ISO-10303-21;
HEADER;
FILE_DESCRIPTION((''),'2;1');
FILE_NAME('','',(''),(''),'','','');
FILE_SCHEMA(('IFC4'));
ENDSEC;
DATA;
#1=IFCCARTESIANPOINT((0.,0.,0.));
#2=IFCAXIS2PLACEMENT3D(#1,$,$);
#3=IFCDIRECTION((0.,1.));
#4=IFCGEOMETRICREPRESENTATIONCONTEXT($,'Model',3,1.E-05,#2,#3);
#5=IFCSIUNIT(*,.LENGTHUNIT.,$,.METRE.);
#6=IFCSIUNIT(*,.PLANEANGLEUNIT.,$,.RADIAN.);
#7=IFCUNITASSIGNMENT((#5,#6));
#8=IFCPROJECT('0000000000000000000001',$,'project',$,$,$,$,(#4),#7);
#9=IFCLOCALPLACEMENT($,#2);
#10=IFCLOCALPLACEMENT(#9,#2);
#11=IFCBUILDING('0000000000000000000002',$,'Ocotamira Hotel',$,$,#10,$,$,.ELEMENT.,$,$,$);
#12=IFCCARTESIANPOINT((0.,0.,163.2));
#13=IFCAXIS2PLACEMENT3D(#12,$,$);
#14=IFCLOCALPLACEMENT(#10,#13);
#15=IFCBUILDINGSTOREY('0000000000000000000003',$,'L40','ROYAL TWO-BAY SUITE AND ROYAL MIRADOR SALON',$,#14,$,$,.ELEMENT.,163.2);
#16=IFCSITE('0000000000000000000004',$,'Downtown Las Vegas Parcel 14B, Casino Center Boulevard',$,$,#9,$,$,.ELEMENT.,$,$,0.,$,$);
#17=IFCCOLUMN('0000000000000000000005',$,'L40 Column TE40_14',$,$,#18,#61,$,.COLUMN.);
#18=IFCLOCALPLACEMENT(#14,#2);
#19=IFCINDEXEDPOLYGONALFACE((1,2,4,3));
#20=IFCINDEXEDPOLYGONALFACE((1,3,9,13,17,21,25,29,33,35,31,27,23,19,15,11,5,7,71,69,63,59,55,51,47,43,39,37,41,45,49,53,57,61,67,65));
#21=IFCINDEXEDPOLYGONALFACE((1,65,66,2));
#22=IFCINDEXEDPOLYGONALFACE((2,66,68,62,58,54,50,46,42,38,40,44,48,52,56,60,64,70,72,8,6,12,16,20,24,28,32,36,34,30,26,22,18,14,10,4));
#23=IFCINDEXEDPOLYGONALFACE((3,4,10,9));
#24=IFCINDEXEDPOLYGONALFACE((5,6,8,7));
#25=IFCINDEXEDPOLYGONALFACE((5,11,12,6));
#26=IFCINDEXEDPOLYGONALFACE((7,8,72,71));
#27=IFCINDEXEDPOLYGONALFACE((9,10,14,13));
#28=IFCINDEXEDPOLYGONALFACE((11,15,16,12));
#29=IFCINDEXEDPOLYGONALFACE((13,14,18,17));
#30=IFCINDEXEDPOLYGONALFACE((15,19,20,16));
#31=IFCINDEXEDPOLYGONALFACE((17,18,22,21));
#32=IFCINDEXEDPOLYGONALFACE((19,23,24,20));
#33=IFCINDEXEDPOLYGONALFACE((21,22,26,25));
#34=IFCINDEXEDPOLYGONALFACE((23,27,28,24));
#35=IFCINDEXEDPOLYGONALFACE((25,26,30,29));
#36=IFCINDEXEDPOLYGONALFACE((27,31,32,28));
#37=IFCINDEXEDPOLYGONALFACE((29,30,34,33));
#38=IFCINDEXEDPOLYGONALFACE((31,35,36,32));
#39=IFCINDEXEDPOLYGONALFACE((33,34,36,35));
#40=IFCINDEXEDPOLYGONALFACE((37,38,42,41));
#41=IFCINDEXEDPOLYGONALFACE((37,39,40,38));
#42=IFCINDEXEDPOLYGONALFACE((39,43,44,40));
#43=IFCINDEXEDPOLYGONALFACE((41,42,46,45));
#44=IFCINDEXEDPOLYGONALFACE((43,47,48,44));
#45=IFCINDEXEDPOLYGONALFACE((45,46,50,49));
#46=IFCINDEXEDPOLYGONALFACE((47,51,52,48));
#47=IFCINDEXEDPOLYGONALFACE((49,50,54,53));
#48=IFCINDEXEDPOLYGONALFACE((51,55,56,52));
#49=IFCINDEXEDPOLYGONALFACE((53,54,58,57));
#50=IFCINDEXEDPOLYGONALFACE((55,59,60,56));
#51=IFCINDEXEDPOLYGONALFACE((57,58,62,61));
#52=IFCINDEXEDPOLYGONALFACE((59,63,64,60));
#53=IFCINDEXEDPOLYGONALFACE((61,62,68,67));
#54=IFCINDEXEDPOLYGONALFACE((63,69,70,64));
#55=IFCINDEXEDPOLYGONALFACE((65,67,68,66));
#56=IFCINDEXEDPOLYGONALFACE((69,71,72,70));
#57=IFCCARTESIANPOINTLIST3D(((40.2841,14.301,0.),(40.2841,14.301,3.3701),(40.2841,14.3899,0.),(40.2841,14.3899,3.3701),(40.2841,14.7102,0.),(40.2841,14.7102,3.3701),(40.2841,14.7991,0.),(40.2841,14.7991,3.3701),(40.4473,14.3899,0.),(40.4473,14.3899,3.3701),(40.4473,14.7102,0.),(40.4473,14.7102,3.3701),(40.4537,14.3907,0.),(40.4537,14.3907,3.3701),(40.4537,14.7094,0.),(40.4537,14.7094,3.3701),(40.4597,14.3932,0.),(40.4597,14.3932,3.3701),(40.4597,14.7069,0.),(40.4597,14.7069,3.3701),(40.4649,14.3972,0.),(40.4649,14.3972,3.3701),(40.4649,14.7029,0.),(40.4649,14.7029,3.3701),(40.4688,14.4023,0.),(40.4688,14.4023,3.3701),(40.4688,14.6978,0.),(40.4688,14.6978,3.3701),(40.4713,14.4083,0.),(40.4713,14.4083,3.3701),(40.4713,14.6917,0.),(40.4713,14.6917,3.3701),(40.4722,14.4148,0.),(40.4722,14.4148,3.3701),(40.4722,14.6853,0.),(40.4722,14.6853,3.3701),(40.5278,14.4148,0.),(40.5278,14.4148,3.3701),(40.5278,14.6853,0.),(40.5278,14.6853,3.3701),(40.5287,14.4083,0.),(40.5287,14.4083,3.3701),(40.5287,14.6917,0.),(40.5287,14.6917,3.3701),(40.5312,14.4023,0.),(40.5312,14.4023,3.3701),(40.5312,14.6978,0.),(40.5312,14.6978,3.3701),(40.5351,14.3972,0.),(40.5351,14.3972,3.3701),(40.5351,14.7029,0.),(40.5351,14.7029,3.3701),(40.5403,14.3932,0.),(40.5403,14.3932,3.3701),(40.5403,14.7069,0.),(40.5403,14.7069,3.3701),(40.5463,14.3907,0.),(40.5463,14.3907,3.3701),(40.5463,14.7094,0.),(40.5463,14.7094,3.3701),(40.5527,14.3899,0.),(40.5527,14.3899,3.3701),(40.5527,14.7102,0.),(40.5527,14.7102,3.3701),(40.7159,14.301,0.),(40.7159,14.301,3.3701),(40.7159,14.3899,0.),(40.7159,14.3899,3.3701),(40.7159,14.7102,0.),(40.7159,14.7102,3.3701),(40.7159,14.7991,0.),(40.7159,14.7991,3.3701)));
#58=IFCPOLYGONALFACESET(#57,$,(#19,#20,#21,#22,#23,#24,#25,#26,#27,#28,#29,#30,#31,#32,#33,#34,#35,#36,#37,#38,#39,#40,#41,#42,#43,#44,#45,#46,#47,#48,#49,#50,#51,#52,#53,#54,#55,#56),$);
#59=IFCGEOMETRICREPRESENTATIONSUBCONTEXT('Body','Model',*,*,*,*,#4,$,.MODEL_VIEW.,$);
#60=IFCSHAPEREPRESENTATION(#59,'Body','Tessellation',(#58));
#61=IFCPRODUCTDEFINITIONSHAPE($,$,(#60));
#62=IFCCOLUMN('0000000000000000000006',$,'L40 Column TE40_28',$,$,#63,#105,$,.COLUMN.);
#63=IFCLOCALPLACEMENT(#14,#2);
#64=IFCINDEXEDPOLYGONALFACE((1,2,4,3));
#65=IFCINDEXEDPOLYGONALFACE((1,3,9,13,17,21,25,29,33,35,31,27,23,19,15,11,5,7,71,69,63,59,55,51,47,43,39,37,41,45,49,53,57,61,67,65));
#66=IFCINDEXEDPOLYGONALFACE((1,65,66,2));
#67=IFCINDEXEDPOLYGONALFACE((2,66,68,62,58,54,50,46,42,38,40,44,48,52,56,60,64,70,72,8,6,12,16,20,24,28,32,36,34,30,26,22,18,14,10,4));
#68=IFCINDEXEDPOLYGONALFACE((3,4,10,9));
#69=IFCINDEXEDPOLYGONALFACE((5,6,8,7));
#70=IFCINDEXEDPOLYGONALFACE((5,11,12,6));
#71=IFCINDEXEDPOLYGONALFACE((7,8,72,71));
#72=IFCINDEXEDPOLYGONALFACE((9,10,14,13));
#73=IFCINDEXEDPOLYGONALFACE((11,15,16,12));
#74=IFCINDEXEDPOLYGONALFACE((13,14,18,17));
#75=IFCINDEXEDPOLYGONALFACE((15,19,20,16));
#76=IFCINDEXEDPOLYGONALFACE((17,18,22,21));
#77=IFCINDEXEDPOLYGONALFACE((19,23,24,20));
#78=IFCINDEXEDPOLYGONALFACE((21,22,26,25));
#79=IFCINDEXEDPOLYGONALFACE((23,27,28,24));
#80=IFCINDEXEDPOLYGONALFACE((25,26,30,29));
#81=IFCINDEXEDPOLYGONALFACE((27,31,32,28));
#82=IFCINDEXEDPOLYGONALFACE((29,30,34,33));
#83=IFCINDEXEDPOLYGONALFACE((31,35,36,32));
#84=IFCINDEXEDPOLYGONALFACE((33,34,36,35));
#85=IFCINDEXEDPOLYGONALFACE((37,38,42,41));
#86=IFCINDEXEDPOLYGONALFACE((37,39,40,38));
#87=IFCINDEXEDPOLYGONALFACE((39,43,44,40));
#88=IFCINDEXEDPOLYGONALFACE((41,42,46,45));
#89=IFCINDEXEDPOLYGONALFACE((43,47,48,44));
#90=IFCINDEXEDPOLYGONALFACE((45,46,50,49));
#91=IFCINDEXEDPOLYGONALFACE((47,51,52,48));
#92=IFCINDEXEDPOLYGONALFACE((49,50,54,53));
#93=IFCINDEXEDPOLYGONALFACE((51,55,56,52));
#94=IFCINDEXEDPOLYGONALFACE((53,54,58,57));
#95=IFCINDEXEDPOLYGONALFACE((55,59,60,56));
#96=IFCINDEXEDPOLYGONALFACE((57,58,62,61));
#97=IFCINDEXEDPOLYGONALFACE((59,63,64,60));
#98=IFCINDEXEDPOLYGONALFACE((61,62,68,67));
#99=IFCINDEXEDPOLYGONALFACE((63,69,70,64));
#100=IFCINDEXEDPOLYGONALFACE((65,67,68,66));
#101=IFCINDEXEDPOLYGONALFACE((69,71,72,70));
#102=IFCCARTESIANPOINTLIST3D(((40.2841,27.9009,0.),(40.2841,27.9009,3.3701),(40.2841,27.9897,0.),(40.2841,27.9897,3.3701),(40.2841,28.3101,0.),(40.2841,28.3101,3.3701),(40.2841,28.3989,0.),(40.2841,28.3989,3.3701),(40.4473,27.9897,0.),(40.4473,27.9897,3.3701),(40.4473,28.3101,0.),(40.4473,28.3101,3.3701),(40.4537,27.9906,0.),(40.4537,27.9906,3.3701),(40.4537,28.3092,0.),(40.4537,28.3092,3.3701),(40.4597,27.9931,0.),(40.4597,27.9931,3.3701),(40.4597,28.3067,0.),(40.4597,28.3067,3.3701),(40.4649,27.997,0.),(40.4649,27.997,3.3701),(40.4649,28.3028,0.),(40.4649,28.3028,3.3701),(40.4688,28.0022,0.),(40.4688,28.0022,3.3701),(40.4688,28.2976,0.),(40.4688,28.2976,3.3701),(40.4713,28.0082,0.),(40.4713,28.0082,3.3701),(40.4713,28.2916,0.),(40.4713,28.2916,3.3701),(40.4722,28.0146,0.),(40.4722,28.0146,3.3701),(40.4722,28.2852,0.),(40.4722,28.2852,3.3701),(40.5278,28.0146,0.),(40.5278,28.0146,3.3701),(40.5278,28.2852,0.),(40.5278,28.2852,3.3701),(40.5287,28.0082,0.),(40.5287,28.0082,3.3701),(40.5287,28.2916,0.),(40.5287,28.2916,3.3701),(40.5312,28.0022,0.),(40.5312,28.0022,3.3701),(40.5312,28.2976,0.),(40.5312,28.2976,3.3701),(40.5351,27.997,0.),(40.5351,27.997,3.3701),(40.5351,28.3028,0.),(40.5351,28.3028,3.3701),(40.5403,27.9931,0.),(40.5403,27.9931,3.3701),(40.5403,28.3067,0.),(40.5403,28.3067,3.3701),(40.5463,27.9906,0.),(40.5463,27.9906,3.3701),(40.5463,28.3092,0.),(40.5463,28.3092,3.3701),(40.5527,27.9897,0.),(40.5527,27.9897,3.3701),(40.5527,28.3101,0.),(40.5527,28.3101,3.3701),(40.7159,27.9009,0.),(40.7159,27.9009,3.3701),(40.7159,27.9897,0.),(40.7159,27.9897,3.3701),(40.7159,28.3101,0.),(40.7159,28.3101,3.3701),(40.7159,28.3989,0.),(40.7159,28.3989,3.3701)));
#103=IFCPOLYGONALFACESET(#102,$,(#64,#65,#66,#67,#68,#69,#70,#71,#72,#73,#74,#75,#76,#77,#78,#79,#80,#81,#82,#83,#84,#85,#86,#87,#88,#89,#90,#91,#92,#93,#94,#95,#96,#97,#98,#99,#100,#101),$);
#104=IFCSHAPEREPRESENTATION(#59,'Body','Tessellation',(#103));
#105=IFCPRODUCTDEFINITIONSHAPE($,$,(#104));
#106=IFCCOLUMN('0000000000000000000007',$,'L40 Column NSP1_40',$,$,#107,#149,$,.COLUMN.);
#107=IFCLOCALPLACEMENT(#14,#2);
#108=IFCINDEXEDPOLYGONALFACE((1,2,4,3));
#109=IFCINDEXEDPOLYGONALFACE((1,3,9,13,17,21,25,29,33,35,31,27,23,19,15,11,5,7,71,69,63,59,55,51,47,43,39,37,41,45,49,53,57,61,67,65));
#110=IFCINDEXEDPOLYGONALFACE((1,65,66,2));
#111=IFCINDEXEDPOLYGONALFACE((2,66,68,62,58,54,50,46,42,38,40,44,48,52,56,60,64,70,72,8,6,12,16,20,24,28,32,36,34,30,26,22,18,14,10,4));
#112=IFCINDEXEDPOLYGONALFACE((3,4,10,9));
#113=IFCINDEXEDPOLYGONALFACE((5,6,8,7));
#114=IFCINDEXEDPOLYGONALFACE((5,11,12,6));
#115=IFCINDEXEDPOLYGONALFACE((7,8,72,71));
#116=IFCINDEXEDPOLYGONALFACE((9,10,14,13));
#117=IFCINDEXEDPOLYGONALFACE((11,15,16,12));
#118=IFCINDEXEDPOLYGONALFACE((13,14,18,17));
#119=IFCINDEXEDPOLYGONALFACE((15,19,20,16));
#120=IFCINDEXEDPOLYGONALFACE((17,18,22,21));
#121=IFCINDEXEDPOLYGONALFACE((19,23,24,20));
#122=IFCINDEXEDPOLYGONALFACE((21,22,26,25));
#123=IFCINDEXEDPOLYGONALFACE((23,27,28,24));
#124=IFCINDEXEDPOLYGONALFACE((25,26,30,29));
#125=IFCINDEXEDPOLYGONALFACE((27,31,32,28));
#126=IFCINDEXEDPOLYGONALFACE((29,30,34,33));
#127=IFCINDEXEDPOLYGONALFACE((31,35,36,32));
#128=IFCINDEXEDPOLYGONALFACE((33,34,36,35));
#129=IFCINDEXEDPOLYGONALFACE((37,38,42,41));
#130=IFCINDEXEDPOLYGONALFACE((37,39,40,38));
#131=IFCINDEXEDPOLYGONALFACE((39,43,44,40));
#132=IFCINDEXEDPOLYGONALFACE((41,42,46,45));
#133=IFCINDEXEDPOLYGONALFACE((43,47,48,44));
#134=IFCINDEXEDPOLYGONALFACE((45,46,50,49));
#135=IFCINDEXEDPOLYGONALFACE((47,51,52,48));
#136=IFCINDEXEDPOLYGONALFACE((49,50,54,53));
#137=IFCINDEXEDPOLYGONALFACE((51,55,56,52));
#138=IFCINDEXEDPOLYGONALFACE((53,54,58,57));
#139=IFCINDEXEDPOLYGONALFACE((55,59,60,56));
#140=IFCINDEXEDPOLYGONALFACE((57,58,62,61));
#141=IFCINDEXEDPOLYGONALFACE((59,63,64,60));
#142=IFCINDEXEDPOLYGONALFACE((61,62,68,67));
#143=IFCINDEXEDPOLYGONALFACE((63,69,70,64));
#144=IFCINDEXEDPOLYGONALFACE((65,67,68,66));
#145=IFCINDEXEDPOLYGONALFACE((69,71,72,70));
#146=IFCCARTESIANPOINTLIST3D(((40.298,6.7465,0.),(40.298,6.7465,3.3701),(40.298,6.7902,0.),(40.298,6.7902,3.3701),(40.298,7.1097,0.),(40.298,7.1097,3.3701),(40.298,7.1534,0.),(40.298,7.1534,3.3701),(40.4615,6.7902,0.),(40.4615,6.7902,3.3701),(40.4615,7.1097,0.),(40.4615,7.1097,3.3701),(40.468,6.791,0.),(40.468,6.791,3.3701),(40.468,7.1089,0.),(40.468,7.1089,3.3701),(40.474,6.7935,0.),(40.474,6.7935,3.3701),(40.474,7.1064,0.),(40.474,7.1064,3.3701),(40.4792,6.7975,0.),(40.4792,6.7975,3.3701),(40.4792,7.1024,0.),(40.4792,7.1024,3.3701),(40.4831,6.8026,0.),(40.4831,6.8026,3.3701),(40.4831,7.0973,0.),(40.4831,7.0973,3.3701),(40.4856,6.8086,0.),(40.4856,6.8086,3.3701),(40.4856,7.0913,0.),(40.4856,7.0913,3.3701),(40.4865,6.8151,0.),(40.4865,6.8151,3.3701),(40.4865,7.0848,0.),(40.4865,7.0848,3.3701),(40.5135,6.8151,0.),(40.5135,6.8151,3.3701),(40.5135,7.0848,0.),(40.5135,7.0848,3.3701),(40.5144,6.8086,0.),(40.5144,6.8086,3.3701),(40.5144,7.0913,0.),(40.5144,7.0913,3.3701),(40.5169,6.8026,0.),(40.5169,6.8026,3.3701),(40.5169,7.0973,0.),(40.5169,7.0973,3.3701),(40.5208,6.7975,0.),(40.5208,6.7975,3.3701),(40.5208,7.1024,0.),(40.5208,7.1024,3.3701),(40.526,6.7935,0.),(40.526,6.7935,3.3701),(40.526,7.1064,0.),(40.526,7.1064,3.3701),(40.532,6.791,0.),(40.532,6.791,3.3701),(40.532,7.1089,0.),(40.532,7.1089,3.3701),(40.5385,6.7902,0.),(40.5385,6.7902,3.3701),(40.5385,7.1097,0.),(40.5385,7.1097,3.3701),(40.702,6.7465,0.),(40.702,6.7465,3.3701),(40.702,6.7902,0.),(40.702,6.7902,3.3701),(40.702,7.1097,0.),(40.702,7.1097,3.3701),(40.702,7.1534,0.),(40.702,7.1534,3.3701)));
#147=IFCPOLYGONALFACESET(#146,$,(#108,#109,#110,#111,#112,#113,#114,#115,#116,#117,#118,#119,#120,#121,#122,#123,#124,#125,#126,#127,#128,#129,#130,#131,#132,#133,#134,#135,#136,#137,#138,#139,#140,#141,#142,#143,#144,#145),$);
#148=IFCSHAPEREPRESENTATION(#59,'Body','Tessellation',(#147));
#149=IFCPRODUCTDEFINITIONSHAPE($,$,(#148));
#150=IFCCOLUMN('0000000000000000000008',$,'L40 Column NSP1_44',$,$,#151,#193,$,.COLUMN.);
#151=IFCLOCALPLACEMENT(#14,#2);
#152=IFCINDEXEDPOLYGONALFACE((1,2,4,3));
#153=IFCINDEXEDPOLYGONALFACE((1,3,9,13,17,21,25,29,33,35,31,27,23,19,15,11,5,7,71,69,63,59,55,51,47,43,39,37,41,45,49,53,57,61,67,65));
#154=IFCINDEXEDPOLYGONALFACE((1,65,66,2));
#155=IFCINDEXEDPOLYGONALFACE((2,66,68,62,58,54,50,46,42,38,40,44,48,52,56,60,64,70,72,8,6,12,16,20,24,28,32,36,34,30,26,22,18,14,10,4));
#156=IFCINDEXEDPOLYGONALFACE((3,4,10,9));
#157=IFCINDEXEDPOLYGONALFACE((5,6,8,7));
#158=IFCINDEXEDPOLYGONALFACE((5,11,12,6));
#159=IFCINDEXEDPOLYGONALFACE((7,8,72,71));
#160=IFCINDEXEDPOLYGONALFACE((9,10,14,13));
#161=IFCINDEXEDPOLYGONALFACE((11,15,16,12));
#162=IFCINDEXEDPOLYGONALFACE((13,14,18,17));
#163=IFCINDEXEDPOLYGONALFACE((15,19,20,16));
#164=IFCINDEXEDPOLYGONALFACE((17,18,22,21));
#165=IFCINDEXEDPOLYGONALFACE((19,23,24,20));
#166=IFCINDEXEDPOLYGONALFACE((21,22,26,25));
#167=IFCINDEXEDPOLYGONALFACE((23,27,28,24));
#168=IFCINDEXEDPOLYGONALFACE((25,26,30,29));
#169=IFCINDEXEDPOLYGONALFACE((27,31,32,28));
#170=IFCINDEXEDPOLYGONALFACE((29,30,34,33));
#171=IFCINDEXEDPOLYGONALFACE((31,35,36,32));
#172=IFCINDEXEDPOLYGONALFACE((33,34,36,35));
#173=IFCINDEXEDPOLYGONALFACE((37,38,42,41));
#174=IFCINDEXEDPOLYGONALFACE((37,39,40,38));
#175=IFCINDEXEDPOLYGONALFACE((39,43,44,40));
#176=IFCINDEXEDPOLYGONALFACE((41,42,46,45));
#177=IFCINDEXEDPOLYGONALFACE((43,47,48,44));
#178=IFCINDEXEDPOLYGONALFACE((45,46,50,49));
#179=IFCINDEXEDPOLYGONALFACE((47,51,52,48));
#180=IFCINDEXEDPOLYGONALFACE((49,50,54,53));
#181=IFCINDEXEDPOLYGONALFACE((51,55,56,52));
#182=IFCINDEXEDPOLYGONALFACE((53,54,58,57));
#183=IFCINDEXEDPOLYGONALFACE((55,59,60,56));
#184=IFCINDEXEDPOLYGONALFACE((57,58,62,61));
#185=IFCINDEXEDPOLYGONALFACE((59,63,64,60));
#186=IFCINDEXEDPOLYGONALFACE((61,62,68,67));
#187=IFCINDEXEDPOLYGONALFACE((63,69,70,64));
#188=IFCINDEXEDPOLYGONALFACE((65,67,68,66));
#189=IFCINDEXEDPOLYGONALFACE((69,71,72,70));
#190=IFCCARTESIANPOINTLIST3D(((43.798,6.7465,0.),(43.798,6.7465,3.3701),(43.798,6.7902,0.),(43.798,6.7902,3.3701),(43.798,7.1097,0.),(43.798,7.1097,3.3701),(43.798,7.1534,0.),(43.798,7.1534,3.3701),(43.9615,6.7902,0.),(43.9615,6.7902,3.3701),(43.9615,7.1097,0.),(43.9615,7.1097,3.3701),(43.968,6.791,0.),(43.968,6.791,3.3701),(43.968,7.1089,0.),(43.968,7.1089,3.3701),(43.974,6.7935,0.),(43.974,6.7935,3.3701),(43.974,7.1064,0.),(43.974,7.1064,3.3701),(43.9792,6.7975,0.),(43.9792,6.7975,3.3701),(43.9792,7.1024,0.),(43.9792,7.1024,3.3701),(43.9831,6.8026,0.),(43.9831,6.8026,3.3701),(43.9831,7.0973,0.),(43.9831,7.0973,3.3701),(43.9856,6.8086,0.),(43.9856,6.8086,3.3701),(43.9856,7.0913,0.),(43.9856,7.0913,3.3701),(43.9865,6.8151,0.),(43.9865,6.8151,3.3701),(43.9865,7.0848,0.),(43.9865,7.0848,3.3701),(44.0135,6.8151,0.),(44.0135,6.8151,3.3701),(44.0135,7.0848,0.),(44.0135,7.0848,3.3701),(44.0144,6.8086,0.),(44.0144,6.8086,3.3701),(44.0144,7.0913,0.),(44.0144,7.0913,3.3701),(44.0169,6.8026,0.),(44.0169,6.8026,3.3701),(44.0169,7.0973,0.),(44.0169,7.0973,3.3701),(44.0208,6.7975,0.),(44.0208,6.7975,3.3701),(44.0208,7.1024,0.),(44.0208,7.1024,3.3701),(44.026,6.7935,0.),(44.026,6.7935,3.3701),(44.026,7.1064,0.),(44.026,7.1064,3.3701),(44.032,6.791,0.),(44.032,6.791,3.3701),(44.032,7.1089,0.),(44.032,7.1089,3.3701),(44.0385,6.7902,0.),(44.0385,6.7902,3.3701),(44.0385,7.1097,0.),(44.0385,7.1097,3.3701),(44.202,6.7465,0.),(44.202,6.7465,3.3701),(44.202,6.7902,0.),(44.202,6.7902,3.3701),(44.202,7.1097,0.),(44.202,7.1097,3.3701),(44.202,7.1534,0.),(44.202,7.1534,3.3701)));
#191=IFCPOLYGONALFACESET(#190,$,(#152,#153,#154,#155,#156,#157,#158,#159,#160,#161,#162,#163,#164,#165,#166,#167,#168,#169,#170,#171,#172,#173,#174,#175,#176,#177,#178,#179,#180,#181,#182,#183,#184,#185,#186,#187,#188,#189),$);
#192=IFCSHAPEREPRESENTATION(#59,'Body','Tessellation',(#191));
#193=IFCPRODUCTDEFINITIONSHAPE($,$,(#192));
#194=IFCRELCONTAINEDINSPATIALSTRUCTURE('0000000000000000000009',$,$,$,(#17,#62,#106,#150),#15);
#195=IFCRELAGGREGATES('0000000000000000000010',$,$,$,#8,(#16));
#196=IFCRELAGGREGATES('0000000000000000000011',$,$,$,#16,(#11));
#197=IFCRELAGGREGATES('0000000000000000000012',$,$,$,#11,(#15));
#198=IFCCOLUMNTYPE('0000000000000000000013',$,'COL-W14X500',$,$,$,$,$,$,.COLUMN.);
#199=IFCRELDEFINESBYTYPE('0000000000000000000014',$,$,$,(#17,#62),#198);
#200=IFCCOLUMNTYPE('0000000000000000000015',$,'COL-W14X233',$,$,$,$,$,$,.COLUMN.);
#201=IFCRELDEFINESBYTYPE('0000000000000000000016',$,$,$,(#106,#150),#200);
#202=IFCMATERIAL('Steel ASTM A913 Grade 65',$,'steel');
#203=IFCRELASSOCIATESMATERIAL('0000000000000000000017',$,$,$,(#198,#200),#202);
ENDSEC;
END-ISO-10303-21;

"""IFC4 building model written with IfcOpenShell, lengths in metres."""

from ifc_helpers import new_model, si_unit, direction, frame, origin, origin_2d, place, context, subcontext, project, spatial, i_section, extrude, source, transform, mapped, material, material_profile, profile_set, type_object, element, save


model = new_model("IFC4")

# Units and contexts
model_context = context("Model", 3, precision=1e-05, world=origin(), true_north=direction((0.0, 1.0)))
body_context = subcontext(model_context, "Body", "Model", "MODEL_VIEW")
ifc_project = project(units=[si_unit("LENGTHUNIT", "METRE"), si_unit("PLANEANGLEUNIT", "RADIAN")], contexts=[model_context])

# Site, building, storey
site_placement = place(None, origin())
site = spatial("IfcSite", under=ifc_project, at=site_placement, Name="Downtown Las Vegas Parcel 14B, Casino Center Boulevard", CompositionType="ELEMENT", RefElevation=0.0)
building_placement = place(site_placement, origin())
building = spatial("IfcBuilding", under=site, at=building_placement, Name="Ocotamira Hotel", CompositionType="ELEMENT")
storey_placement = place(building_placement, frame((0.0, 0.0, 163.2)))
storey = spatial("IfcBuildingStorey", under=building, at=storey_placement, Name="L40", Description="ROYAL TWO-BAY SUITE AND ROYAL MIRADOR SALON", CompositionType="ELEMENT", Elevation=163.2)

# Columns
ifc_material_1 = material(Name="Steel ASTM A913 Grade 65", Category="steel")
ifc_material_profile_1 = material_profile(ifc_material_1, i_section(OverallWidth=0.4319, OverallDepth=0.498, WebThickness=0.0557, FlangeThickness=0.0889, FilletRadius=0.0249, at=origin_2d()), Name="W14X500")
ifc_profile_set_1 = profile_set([ifc_material_profile_1], Name="Steel ASTM A913 Grade 65")
column_type_1 = type_object("IfcColumnType", Name="COL-W14X500", PredefinedType="COLUMN", material=ifc_profile_set_1)
shared_shape_1 = source(origin(), body_context, "Body", "SweptSolid", [
    extrude(i_section(OverallWidth=0.4319, OverallDepth=0.498, WebThickness=0.0557, FlangeThickness=0.0889, FilletRadius=0.0249, at=origin_2d()), origin(), (0.0, 0.0, 1.0), 3.3701),
])
for number, where, z_axis, x_axis, name in (
    (1, (40.5, 14.55, 0.0), (0.0, 0.0, 1.0), (1.0, 0.0, 0.0), "L40 Column TE40_14"),
    (2, (40.5, 28.1499, 0.0), (0.0, 0.0, 1.0), (1.0, 0.0, 0.0), "L40 Column TE40_28"),
):
    element("IfcColumn", number, at=place(storey_placement, frame(where, z_axis=z_axis, x_axis=x_axis)), inside=storey, type_object=column_type_1, Name=name, PredefinedType="COLUMN", context=body_context, shape_type="MappedRepresentation", body=[
        mapped(shared_shape_1, transform((0.0, 0.0, 0.0), scale=1.0)),
    ])
ifc_material_profile_2 = material_profile(ifc_material_1, i_section(OverallWidth=0.4041, OverallDepth=0.407, WebThickness=0.0271, FlangeThickness=0.0437, FilletRadius=0.0249, at=origin_2d()), Name="W14X233")
ifc_profile_set_2 = profile_set([ifc_material_profile_2], Name="Steel ASTM A913 Grade 65")
column_type_2 = type_object("IfcColumnType", Name="COL-W14X233", PredefinedType="COLUMN", material=ifc_profile_set_2)
shared_shape_2 = source(origin(), body_context, "Body", "SweptSolid", [
    extrude(i_section(OverallWidth=0.4041, OverallDepth=0.407, WebThickness=0.0271, FlangeThickness=0.0437, FilletRadius=0.0249, at=origin_2d()), origin(), (0.0, 0.0, 1.0), 3.3701),
])
for number, where, z_axis, x_axis, name in (
    (3, (40.5, 6.95, 0.0), (0.0, 0.0, 1.0), (1.0, 0.0, 0.0), "L40 Column NSP1_40"),
    (4, (44.0, 6.95, 0.0), (0.0, 0.0, 1.0), (1.0, 0.0, 0.0), "L40 Column NSP1_44"),
):
    element("IfcColumn", number, at=place(storey_placement, frame(where, z_axis=z_axis, x_axis=x_axis)), inside=storey, type_object=column_type_2, Name=name, PredefinedType="COLUMN", context=body_context, shape_type="MappedRepresentation", body=[
        mapped(shared_shape_2, transform((0.0, 0.0, 0.0), scale=1.0)),
    ])

save(model, "model.ifc")
